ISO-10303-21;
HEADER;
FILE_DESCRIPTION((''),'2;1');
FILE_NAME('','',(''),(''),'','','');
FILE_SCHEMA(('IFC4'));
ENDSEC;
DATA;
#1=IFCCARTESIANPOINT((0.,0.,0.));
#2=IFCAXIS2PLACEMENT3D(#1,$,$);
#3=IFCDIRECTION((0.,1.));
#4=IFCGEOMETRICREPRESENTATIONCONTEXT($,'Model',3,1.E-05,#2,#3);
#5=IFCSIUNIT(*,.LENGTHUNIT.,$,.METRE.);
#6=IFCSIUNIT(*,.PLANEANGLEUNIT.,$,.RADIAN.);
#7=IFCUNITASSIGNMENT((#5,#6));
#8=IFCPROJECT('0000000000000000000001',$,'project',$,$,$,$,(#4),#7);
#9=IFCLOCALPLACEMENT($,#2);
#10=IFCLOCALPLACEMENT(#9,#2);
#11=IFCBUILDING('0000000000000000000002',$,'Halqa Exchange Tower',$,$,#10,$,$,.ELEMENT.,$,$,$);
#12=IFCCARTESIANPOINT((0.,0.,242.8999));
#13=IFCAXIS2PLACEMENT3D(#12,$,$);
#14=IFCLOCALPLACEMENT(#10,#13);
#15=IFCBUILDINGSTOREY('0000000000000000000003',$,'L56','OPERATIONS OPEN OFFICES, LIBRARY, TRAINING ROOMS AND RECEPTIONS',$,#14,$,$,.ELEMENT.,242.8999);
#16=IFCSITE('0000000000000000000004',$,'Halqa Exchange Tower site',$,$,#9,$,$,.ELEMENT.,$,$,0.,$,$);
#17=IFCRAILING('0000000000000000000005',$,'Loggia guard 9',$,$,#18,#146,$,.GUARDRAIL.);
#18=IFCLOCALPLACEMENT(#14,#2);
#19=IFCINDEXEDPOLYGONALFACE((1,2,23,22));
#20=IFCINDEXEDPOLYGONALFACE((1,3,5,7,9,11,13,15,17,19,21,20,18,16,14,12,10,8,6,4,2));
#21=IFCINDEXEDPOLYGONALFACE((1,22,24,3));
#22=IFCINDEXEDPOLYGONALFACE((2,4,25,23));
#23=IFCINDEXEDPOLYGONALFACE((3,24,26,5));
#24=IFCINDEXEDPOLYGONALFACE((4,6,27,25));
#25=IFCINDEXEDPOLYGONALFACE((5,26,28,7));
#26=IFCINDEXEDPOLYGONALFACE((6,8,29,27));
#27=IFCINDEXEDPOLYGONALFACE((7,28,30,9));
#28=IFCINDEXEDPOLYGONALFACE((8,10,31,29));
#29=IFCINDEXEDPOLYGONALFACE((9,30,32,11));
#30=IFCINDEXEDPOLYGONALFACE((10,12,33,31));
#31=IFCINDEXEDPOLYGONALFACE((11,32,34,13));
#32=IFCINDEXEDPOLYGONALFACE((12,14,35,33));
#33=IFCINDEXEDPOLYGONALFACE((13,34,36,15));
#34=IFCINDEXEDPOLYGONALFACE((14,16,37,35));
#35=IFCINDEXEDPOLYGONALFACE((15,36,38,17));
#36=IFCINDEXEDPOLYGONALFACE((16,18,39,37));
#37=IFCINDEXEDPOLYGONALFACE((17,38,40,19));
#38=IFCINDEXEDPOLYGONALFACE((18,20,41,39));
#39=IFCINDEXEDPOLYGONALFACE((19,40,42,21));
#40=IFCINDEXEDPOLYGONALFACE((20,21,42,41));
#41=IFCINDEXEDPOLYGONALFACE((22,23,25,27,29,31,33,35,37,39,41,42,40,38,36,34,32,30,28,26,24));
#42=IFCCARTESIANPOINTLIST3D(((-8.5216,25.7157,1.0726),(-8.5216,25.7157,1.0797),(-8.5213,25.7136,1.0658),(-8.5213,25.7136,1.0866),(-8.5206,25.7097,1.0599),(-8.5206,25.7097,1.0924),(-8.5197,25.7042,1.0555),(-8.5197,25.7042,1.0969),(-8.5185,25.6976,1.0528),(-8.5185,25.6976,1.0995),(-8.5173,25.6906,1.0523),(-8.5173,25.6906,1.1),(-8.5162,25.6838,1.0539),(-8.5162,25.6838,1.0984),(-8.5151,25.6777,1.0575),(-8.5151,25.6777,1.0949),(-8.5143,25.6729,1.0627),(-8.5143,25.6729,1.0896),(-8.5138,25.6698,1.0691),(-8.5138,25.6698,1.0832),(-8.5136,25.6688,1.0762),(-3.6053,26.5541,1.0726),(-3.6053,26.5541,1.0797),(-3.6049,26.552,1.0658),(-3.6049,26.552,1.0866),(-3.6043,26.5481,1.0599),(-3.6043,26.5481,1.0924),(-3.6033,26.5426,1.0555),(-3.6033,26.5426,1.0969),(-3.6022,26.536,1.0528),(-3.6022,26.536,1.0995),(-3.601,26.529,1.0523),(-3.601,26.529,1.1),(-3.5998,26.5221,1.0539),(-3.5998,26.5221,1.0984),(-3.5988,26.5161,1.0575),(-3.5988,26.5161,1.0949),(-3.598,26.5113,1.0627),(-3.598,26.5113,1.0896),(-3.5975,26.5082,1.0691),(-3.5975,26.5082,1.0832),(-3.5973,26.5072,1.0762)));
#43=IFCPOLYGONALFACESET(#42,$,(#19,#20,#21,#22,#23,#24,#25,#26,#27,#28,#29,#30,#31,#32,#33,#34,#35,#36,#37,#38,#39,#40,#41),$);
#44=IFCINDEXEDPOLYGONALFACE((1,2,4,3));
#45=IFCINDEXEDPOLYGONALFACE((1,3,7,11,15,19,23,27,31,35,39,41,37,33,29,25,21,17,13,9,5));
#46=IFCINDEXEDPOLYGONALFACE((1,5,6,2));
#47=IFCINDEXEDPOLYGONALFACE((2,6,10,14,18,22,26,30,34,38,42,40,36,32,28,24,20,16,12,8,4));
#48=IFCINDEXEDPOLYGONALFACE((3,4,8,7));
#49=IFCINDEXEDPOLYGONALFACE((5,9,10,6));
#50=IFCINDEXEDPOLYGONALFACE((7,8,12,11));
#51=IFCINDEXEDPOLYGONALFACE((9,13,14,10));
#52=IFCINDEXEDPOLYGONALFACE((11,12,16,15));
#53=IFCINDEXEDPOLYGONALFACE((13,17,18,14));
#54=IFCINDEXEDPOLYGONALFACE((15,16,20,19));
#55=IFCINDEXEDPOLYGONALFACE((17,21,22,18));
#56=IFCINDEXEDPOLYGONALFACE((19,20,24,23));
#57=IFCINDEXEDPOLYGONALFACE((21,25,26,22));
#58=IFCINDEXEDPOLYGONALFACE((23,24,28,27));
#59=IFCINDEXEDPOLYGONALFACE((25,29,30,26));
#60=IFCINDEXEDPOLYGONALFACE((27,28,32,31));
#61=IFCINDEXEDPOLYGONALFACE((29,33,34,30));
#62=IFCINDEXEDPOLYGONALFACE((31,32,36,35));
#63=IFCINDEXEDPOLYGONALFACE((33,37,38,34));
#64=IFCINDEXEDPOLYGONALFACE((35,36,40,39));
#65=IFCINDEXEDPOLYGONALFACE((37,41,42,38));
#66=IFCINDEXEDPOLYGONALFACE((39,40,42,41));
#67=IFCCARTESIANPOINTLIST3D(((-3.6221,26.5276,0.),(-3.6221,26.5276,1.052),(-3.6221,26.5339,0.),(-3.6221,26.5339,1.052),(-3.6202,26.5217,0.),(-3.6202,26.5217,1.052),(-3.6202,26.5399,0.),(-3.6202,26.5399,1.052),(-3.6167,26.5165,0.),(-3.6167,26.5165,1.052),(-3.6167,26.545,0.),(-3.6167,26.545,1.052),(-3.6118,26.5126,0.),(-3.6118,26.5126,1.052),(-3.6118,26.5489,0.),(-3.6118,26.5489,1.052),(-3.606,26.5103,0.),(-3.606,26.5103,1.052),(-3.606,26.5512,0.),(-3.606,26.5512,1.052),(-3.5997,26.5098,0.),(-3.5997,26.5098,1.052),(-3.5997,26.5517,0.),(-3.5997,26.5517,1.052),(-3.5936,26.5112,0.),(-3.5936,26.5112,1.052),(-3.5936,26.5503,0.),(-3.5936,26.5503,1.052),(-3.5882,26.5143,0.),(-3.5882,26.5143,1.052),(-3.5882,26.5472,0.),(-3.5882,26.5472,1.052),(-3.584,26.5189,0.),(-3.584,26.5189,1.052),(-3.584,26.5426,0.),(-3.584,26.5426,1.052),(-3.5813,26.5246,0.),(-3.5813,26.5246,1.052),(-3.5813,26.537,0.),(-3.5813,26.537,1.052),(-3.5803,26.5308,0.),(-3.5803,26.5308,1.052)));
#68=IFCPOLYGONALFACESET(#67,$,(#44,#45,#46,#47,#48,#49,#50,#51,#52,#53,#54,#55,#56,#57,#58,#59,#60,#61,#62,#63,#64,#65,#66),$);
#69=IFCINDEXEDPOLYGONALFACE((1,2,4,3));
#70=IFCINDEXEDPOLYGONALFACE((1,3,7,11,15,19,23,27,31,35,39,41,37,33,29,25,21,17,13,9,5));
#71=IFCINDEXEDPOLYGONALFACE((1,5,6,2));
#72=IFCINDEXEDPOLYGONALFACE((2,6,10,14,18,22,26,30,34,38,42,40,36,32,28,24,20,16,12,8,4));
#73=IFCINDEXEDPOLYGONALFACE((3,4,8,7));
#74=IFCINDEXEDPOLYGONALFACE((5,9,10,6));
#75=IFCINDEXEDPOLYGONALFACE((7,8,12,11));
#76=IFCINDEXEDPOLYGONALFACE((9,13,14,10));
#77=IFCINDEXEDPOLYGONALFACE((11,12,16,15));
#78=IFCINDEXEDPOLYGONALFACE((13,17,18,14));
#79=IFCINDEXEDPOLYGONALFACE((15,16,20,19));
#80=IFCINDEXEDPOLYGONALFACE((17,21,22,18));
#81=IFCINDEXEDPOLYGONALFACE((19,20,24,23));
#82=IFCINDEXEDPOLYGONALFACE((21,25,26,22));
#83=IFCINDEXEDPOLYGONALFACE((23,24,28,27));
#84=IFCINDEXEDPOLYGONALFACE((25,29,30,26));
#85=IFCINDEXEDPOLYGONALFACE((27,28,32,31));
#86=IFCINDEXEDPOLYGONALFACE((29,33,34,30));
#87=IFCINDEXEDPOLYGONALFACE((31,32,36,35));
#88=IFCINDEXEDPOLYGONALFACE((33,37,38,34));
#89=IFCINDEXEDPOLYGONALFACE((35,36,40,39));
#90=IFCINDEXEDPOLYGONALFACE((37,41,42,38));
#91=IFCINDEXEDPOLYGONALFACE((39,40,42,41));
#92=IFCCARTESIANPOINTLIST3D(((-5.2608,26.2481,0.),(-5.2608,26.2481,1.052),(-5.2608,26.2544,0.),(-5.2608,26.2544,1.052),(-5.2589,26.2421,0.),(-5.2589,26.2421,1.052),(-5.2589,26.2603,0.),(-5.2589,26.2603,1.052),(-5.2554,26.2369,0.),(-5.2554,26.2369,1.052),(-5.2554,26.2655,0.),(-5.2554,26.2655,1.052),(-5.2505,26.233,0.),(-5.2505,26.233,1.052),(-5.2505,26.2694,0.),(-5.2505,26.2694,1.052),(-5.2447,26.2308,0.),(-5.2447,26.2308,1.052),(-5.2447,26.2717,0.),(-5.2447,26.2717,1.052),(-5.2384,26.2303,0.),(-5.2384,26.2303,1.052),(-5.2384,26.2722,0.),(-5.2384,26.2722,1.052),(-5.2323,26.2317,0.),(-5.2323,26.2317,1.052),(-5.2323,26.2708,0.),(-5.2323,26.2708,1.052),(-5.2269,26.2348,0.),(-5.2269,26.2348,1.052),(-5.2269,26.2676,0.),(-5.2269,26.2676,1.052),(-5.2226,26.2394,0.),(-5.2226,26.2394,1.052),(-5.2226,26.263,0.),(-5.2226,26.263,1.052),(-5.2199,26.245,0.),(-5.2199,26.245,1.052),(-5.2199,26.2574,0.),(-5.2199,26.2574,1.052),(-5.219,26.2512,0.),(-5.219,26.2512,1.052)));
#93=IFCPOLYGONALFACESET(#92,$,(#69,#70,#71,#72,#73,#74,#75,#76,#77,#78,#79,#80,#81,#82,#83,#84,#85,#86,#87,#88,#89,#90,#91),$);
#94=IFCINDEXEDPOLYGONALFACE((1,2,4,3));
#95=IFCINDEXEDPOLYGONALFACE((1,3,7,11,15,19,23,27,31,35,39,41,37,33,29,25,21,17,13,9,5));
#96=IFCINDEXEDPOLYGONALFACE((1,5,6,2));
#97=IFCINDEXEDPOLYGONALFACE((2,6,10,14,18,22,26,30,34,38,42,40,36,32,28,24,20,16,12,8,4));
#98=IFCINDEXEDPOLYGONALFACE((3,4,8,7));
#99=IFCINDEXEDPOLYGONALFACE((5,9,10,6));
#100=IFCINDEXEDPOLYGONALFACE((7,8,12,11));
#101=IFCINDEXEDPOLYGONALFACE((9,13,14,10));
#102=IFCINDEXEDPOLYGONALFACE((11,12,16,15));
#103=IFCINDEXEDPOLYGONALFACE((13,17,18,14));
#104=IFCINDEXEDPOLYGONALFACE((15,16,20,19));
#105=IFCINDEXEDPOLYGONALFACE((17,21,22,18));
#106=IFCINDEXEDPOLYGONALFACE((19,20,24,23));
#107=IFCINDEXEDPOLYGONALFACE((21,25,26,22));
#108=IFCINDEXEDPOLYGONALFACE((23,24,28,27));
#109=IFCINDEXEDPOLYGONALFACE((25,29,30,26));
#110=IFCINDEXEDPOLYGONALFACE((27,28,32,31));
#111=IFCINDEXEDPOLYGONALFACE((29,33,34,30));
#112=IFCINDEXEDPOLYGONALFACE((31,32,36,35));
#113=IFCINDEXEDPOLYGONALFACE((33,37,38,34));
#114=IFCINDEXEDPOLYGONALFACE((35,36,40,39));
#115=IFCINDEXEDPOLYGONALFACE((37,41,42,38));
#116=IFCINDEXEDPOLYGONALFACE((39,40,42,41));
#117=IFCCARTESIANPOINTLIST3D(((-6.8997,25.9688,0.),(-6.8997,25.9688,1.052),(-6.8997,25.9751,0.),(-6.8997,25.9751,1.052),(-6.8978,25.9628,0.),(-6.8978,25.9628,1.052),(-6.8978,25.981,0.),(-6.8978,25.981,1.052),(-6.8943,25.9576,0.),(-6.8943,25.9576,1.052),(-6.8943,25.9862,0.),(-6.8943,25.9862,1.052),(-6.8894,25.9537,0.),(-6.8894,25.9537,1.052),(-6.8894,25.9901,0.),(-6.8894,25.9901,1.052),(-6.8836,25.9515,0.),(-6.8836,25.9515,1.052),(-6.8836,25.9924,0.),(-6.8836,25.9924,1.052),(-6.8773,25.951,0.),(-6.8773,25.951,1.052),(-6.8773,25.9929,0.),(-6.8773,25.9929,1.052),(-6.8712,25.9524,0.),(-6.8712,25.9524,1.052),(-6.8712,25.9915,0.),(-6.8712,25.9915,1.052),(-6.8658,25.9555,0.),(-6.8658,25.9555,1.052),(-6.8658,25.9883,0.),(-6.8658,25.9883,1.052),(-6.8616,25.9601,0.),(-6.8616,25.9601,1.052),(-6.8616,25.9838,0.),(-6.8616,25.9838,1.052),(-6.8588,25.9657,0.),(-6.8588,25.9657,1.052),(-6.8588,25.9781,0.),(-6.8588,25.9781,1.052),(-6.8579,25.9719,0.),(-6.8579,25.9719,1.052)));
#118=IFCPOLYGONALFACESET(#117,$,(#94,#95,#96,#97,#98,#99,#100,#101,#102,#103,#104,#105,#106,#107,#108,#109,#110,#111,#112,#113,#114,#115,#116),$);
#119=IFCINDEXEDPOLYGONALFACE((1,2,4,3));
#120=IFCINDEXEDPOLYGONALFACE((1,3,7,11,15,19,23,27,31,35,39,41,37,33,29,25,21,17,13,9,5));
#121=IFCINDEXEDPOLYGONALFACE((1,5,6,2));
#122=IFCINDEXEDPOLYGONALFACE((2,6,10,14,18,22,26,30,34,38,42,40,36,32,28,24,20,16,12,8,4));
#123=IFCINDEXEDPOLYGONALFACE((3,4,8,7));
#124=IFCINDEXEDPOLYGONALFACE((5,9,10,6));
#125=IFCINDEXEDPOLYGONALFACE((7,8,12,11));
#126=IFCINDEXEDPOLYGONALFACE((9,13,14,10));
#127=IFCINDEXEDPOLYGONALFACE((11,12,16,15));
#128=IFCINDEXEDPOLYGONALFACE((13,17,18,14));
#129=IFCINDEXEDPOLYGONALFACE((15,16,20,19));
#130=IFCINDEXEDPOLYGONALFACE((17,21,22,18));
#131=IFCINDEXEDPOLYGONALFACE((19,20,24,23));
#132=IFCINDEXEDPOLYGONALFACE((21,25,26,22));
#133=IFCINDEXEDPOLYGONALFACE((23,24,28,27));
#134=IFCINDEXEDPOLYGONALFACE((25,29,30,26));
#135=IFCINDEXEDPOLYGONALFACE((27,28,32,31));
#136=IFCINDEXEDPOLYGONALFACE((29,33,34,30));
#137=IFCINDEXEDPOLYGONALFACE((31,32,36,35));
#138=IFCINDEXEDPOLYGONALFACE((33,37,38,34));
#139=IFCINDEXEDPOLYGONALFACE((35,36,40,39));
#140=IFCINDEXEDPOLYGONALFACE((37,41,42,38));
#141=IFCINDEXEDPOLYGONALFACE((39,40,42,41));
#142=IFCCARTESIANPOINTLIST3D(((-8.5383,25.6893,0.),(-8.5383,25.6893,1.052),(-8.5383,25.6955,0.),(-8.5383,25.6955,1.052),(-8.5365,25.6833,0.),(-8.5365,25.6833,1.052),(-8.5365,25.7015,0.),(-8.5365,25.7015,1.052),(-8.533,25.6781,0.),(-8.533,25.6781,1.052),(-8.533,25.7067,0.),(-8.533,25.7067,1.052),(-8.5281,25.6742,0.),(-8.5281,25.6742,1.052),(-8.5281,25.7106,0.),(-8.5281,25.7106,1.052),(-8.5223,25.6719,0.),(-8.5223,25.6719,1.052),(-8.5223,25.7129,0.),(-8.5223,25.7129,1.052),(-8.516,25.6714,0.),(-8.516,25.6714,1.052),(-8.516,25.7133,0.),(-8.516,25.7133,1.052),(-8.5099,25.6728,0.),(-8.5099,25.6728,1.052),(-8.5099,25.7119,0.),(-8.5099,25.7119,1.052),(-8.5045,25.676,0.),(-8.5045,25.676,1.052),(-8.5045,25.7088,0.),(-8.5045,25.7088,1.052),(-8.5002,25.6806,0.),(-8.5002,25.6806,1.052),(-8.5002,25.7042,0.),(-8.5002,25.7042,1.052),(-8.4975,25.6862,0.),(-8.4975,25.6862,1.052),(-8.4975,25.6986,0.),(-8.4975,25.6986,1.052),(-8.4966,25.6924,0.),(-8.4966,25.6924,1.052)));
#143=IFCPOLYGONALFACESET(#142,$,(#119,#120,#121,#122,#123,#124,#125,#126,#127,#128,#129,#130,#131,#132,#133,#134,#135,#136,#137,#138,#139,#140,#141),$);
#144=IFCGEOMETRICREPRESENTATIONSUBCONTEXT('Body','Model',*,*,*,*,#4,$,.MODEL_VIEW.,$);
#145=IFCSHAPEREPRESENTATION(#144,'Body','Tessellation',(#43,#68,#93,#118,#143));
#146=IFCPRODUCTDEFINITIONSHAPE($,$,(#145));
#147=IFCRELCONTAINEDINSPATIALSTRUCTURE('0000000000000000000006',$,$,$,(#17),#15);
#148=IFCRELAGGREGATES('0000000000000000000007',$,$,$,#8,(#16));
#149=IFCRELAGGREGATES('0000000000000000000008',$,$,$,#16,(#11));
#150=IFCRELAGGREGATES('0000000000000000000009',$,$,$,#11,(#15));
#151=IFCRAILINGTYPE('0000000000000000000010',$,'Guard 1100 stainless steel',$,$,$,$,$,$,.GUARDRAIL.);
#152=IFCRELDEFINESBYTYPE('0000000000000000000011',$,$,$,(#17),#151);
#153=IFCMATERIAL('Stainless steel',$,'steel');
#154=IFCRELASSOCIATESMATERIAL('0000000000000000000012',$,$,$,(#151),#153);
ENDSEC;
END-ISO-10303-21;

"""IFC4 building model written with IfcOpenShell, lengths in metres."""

from ifc_helpers import new_model, si_unit, direction, frame, origin, origin_2d, place, context, subcontext, project, spatial, circle, extrude, material, type_object, element, save


model = new_model("IFC4")

# Units and contexts
model_context = context("Model", 3, precision=1e-05, world=origin(), true_north=direction((0.0, 1.0)))
body_context = subcontext(model_context, "Body", "Model", "MODEL_VIEW")
ifc_project = project(units=[si_unit("LENGTHUNIT", "METRE"), si_unit("PLANEANGLEUNIT", "RADIAN")], contexts=[model_context])

# Site, building, storey
site_placement = place(None, origin())
site = spatial("IfcSite", under=ifc_project, at=site_placement, Name="Halqa Exchange Tower site", CompositionType="ELEMENT", RefElevation=0.0)
building_placement = place(site_placement, origin())
building = spatial("IfcBuilding", under=site, at=building_placement, Name="Halqa Exchange Tower", CompositionType="ELEMENT")
storey_placement = place(building_placement, frame((0.0, 0.0, 242.8999)))
storey = spatial("IfcBuildingStorey", under=building, at=storey_placement, Name="L56", Description="OPERATIONS OPEN OFFICES, LIBRARY, TRAINING ROOMS AND RECEPTIONS", CompositionType="ELEMENT", Elevation=242.8999)

# Railing
ifc_material_1 = material(Name="Stainless steel", Category="steel")
railing_type_1 = type_object("IfcRailingType", Name="Guard 1100 stainless steel", PredefinedType="GUARDRAIL", material=ifc_material_1)
railing_1_placement = place(storey_placement, frame((-3.6013, 26.5308, 0.0)))
element("IfcRailing", 1, at=railing_1_placement, inside=storey, type_object=railing_type_1, Name="Loggia guard 9", PredefinedType="GUARDRAIL", context=body_context, shape_type="SweptSolid", body=[
    extrude(circle(Radius=0.0239, at=origin_2d()), frame((0.0, 0.0, 1.0762), z_axis=(-0.985769, -0.168105, 0.0), x_axis=(0.168105, -0.985769, 0.0)), (0.0, 0.0, 1.0), 4.9873),
    extrude(circle(Radius=0.021, at=origin_2d()), origin(), (0.0, 0.0, 1.0), 1.052),
    extrude(circle(Radius=0.021, at=origin_2d()), frame((-1.6387, -0.2795, 0.0)), (0.0, 0.0, 1.0), 1.052),
    extrude(circle(Radius=0.021, at=origin_2d()), frame((-3.2776, -0.5588, 0.0)), (0.0, 0.0, 1.0), 1.052),
    extrude(circle(Radius=0.021, at=origin_2d()), frame((-4.9163, -0.8384, 0.0)), (0.0, 0.0, 1.0), 1.052),
])

save(model, "model.ifc")
